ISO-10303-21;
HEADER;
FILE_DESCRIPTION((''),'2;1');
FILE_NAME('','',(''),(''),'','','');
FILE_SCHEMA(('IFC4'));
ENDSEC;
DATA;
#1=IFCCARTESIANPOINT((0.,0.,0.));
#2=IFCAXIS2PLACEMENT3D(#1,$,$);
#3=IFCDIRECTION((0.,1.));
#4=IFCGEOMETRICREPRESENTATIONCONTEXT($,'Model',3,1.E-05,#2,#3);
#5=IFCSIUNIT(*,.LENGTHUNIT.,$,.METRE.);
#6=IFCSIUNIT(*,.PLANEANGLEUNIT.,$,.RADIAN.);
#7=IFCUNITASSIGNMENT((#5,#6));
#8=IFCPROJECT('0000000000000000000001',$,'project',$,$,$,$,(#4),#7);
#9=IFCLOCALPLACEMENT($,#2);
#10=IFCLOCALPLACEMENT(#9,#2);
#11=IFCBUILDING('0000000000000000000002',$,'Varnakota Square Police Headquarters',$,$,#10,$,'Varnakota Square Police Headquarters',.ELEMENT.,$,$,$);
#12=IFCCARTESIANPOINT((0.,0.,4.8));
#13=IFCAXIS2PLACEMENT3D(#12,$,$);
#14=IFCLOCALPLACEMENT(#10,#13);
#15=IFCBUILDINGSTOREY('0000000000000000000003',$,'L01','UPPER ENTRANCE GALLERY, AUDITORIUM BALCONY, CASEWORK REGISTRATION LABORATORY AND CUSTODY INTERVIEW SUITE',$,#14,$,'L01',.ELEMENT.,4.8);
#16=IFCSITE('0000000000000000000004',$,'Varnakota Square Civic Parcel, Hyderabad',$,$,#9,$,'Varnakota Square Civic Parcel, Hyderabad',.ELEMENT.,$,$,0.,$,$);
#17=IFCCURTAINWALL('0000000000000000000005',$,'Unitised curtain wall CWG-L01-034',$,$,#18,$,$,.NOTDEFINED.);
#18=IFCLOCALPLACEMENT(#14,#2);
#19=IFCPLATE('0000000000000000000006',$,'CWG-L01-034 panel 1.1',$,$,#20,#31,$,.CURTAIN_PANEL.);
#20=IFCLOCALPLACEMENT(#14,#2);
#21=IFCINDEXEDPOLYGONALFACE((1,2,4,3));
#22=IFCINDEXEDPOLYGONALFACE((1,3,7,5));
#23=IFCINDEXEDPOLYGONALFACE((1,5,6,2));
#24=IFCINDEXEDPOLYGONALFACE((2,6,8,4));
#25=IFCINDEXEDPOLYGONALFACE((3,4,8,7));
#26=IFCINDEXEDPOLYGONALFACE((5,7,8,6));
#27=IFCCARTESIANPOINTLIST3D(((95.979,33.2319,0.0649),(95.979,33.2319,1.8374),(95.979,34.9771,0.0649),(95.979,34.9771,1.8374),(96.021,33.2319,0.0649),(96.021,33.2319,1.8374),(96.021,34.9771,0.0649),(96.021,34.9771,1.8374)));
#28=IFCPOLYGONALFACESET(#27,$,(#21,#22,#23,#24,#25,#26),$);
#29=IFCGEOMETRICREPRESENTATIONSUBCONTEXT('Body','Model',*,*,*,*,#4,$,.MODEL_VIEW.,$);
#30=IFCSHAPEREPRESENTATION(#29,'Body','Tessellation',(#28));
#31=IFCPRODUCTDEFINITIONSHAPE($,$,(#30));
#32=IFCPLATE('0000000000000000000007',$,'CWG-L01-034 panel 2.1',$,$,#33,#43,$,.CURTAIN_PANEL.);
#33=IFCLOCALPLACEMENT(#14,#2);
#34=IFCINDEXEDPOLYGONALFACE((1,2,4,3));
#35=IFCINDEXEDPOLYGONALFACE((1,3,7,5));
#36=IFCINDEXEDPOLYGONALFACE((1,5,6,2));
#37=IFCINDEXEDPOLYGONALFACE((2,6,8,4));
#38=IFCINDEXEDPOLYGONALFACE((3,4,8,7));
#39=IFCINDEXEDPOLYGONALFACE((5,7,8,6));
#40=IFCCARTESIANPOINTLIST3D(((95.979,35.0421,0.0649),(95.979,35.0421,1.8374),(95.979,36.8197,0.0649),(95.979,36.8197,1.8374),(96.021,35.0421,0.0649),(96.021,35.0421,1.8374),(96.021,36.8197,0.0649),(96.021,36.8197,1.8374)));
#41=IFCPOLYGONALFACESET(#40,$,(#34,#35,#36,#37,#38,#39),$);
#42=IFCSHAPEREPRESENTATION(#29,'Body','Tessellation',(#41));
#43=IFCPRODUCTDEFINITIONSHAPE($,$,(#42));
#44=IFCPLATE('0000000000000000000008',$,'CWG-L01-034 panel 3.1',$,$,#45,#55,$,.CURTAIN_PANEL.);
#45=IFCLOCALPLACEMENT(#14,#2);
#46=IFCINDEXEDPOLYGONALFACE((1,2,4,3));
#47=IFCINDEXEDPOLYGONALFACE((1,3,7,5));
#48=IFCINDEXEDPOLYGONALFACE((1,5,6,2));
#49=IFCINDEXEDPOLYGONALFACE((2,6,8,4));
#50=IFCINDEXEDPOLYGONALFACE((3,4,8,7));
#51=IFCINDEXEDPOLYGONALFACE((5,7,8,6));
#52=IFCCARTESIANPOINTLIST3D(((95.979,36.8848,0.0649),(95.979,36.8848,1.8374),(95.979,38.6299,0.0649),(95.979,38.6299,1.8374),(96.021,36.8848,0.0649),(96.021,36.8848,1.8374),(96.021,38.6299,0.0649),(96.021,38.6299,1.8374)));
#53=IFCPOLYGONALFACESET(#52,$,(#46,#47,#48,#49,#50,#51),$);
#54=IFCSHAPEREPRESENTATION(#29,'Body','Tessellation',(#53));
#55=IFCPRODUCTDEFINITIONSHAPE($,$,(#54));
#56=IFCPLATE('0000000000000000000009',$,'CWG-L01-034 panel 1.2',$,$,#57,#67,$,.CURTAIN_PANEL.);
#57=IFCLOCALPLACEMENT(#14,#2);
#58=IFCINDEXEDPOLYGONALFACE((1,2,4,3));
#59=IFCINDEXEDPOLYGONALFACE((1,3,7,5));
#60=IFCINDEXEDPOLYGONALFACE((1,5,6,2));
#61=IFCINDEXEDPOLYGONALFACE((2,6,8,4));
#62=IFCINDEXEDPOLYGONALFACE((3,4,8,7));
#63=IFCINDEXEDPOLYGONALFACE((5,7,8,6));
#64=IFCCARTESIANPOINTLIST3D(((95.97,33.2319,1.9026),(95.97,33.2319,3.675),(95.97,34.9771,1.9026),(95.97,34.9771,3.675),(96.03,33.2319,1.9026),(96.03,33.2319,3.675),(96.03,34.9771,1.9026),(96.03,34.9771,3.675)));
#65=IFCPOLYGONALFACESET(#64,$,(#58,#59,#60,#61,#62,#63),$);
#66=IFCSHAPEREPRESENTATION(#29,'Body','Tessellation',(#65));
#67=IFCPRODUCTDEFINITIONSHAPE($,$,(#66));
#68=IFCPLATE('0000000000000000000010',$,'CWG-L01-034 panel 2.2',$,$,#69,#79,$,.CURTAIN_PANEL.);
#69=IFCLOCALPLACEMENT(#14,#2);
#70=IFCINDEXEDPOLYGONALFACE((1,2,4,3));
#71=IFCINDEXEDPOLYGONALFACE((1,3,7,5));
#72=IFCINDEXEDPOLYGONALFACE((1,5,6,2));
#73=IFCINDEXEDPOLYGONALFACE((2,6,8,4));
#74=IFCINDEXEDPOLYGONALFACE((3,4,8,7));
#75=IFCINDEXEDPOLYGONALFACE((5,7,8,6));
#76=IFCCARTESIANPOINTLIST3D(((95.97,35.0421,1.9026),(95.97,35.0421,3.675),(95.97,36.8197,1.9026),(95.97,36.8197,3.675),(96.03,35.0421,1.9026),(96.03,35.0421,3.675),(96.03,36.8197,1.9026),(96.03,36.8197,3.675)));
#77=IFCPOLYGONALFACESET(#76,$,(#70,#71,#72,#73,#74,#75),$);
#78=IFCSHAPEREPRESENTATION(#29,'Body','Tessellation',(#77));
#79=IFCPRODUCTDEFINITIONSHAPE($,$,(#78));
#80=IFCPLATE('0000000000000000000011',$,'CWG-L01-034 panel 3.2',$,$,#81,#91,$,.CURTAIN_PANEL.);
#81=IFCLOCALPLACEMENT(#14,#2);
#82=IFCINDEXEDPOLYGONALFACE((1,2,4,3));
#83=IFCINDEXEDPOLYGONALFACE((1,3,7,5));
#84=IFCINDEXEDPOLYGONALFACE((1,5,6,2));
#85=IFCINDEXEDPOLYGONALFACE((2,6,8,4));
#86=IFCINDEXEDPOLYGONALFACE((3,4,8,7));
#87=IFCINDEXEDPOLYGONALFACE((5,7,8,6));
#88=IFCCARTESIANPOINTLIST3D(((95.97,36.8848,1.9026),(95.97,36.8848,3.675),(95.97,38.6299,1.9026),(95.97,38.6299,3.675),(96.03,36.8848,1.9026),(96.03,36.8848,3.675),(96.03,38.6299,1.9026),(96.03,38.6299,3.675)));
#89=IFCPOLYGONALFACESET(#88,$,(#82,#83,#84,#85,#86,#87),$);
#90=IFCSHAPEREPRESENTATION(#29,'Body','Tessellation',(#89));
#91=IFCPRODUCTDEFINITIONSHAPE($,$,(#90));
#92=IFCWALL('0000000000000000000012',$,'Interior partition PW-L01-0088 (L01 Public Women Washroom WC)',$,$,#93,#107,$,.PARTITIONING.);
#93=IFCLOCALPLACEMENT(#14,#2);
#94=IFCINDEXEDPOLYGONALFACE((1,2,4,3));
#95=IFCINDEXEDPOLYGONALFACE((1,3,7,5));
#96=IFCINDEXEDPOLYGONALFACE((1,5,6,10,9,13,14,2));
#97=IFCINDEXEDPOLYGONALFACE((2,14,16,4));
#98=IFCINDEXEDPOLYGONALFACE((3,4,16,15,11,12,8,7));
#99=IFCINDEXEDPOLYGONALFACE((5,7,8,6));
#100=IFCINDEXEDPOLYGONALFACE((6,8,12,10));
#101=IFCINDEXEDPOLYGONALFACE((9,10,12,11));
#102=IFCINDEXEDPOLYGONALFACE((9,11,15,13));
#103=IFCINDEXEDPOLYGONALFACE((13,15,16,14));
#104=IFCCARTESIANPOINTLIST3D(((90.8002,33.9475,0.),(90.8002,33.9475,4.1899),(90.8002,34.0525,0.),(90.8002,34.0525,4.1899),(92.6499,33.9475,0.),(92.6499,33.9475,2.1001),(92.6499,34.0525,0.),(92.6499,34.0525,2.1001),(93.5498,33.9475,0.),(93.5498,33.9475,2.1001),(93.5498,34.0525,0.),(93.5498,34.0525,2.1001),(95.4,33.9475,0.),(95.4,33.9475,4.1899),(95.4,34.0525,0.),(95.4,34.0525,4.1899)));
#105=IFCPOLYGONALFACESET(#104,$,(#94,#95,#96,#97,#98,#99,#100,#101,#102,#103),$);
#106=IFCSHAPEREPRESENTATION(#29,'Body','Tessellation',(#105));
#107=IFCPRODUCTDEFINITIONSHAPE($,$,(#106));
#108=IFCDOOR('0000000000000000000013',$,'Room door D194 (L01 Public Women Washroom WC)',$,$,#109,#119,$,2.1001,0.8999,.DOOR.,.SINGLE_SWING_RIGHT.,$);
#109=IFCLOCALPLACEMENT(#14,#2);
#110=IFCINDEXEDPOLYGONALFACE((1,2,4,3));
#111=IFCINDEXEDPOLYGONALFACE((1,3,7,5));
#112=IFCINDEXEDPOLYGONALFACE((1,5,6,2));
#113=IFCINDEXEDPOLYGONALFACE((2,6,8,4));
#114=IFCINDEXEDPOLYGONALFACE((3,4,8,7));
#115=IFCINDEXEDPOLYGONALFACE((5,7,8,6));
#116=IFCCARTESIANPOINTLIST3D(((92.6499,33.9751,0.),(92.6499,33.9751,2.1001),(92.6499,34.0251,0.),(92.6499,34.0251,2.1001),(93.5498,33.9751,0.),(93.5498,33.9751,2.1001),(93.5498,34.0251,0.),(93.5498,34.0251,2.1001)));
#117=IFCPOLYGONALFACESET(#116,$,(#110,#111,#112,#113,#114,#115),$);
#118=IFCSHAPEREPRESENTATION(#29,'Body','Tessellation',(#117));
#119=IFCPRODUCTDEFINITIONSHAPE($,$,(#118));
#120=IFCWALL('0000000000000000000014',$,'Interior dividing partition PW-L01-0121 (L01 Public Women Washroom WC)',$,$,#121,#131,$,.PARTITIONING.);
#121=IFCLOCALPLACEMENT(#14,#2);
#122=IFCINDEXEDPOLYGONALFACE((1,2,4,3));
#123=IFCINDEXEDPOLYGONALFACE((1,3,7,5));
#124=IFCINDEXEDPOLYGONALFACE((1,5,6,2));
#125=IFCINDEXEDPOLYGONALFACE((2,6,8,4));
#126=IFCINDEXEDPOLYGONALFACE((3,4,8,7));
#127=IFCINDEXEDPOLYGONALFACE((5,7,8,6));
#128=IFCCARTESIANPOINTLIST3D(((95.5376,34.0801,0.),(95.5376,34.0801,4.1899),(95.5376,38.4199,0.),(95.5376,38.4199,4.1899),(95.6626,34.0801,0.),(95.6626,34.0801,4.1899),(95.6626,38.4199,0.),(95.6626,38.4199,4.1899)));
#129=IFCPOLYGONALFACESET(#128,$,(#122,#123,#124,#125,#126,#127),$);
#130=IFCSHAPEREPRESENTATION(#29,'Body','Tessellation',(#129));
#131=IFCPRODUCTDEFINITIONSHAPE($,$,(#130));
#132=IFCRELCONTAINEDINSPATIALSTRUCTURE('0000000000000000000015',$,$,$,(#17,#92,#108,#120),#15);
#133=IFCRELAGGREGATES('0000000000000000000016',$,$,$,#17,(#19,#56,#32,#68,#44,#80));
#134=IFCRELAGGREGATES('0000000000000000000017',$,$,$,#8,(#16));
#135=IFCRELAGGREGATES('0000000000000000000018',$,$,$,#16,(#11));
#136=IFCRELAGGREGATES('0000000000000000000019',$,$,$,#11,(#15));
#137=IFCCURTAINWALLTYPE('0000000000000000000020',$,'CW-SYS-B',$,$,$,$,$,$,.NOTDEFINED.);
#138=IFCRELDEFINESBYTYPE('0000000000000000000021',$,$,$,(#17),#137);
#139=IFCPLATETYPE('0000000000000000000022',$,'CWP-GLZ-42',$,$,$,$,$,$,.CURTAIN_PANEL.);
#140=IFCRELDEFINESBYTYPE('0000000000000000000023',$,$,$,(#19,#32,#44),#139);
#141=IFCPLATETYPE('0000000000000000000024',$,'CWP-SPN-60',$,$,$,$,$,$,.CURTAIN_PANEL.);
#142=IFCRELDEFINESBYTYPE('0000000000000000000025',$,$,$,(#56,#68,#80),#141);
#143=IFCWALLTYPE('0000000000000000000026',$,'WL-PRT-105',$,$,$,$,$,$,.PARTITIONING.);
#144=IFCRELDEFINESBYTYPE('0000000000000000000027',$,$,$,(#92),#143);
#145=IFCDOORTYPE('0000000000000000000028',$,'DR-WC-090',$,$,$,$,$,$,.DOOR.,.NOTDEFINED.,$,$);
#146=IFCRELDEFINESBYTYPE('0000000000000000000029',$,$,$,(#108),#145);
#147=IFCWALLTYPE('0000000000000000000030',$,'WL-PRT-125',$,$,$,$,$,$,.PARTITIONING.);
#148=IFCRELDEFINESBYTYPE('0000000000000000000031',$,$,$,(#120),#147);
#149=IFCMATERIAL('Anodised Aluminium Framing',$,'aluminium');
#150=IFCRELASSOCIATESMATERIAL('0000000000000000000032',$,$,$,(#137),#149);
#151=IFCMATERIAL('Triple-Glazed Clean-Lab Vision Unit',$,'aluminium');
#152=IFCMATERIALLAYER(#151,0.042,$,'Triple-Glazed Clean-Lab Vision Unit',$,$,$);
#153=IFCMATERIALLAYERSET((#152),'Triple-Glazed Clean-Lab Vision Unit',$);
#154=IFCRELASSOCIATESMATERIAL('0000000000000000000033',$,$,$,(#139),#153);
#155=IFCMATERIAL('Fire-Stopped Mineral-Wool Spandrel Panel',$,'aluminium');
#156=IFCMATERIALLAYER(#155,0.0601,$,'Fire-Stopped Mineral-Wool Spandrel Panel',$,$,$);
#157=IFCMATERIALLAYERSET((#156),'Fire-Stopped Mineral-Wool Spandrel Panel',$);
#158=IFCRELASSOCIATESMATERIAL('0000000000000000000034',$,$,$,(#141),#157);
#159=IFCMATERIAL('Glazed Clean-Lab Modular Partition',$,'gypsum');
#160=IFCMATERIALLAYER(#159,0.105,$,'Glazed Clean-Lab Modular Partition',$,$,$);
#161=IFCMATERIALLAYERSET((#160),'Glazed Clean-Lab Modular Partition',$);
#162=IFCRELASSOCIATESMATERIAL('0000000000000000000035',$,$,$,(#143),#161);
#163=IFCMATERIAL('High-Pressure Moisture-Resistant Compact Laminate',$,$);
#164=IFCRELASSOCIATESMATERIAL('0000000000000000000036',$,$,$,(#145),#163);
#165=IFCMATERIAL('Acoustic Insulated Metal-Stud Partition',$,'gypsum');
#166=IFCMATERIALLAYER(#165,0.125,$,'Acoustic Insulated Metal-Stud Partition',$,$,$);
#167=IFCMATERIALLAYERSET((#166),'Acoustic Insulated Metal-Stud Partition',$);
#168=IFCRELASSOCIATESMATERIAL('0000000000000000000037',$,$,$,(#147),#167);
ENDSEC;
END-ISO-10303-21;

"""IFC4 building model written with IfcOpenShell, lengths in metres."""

from ifc_helpers import new_model, si_unit, direction, frame, frame_2d, origin, origin_2d, place, context, subcontext, project, spatial, rectangle, extrude, material, layer, layer_set, type_object, element, fill, aggregate, save


model = new_model("IFC4")

# Units and contexts
model_context = context("Model", 3, precision=1e-05, world=origin(), true_north=direction((0.0, 1.0)))
body_context = subcontext(model_context, "Body", "Model", "MODEL_VIEW")
ifc_project = project(units=[si_unit("LENGTHUNIT", "METRE"), si_unit("PLANEANGLEUNIT", "RADIAN")], contexts=[model_context])

# Site, building, storey
site_placement = place(None, origin())
site = spatial("IfcSite", under=ifc_project, at=site_placement, Name="Varnakota Square Civic Parcel, Hyderabad", LongName="Varnakota Square Civic Parcel, Hyderabad", CompositionType="ELEMENT", RefElevation=0.0)
building_placement = place(site_placement, origin())
building = spatial("IfcBuilding", under=site, at=building_placement, Name="Varnakota Square Police Headquarters", LongName="Varnakota Square Police Headquarters", CompositionType="ELEMENT")
storey_placement = place(building_placement, frame((0.0, 0.0, 4.8)))
storey = spatial("IfcBuildingStorey", under=building, at=storey_placement, Name="L01", Description="UPPER ENTRANCE GALLERY, AUDITORIUM BALCONY, CASEWORK REGISTRATION LABORATORY AND CUSTODY INTERVIEW SUITE", LongName="L01", CompositionType="ELEMENT", Elevation=4.8)

# Curtain wall
ifc_material_1 = material(Name="Anodised Aluminium Framing", Category="aluminium")
curtain_wall_type = type_object("IfcCurtainWallType", Name="CW-SYS-B", PredefinedType="NOTDEFINED", material=ifc_material_1)
curtain_wall_1_placement = place(storey_placement, origin())
curtain_wall_1 = element("IfcCurtainWall", 1, at=curtain_wall_1_placement, inside=storey, type_object=curtain_wall_type, Name="Unitised curtain wall CWG-L01-034", PredefinedType="NOTDEFINED")

# Plates
ifc_material_2 = material(Name="Triple-Glazed Clean-Lab Vision Unit", Category="aluminium")
ifc_layer_1 = layer(ifc_material_2, 0.042, Name="Triple-Glazed Clean-Lab Vision Unit")
ifc_layer_set_1 = layer_set([ifc_layer_1], Name="Triple-Glazed Clean-Lab Vision Unit")
plate_type_1 = type_object("IfcPlateType", Name="CWP-GLZ-42", PredefinedType="CURTAIN_PANEL", material=ifc_layer_set_1)
plate_1_placement = place(storey_placement, frame((96.0, 34.1045, 0.0649), z_axis=(0.0, 0.0, 1.0), x_axis=(0.0, 1.0, 0.0)))
plate_1 = element("IfcPlate", 2, at=plate_1_placement, type_object=plate_type_1, Name="CWG-L01-034 panel 1.1", PredefinedType="CURTAIN_PANEL", context=body_context, shape_type="SweptSolid", body=[
    extrude(rectangle(XDim=1.7451, YDim=0.042, at=origin_2d()), origin(), (0.0, 0.0, 1.0), 1.7725),
])
plate_2_placement = place(storey_placement, frame((96.0, 35.9309, 0.0649), z_axis=(0.0, 0.0, 1.0), x_axis=(0.0, 1.0, 0.0)))
plate_2 = element("IfcPlate", 3, at=plate_2_placement, type_object=plate_type_1, Name="CWG-L01-034 panel 2.1", PredefinedType="CURTAIN_PANEL", context=body_context, shape_type="SweptSolid", body=[
    extrude(rectangle(XDim=1.7776, YDim=0.042, at=origin_2d()), origin(), (0.0, 0.0, 1.0), 1.7725),
])
plate_3_placement = place(storey_placement, frame((96.0, 37.7573, 0.0649), z_axis=(0.0, 0.0, 1.0), x_axis=(0.0, 1.0, 0.0)))
plate_3 = element("IfcPlate", 4, at=plate_3_placement, type_object=plate_type_1, Name="CWG-L01-034 panel 3.1", PredefinedType="CURTAIN_PANEL", context=body_context, shape_type="SweptSolid", body=[
    extrude(rectangle(XDim=1.7451, YDim=0.042, at=origin_2d()), origin(), (0.0, 0.0, 1.0), 1.7725),
])
ifc_material_3 = material(Name="Fire-Stopped Mineral-Wool Spandrel Panel", Category="aluminium")
ifc_layer_2 = layer(ifc_material_3, 0.0601, Name="Fire-Stopped Mineral-Wool Spandrel Panel")
ifc_layer_set_2 = layer_set([ifc_layer_2], Name="Fire-Stopped Mineral-Wool Spandrel Panel")
plate_type_2 = type_object("IfcPlateType", Name="CWP-SPN-60", PredefinedType="CURTAIN_PANEL", material=ifc_layer_set_2)
plate_4_placement = place(storey_placement, frame((96.0, 34.1045, 1.9026), z_axis=(0.0, 0.0, 1.0), x_axis=(0.0, 1.0, 0.0)))
plate_4 = element("IfcPlate", 5, at=plate_4_placement, type_object=plate_type_2, Name="CWG-L01-034 panel 1.2", PredefinedType="CURTAIN_PANEL", context=body_context, shape_type="SweptSolid", body=[
    extrude(rectangle(XDim=1.7451, YDim=0.0601, at=origin_2d()), origin(), (0.0, 0.0, 1.0), 1.7725),
])
plate_5_placement = place(storey_placement, frame((96.0, 35.9309, 1.9026), z_axis=(0.0, 0.0, 1.0), x_axis=(0.0, 1.0, 0.0)))
plate_5 = element("IfcPlate", 6, at=plate_5_placement, type_object=plate_type_2, Name="CWG-L01-034 panel 2.2", PredefinedType="CURTAIN_PANEL", context=body_context, shape_type="SweptSolid", body=[
    extrude(rectangle(XDim=1.7776, YDim=0.0601, at=origin_2d()), origin(), (0.0, 0.0, 1.0), 1.7725),
])
plate_6_placement = place(storey_placement, frame((96.0, 37.7573, 1.9026), z_axis=(0.0, 0.0, 1.0), x_axis=(0.0, 1.0, 0.0)))
plate_6 = element("IfcPlate", 7, at=plate_6_placement, type_object=plate_type_2, Name="CWG-L01-034 panel 3.2", PredefinedType="CURTAIN_PANEL", context=body_context, shape_type="SweptSolid", body=[
    extrude(rectangle(XDim=1.7451, YDim=0.0601, at=origin_2d()), origin(), (0.0, 0.0, 1.0), 1.7725),
])
aggregate(curtain_wall_1, [plate_1, plate_4, plate_2, plate_5, plate_3, plate_6])

# Wall, opening, door
ifc_material_4 = material(Name="Glazed Clean-Lab Modular Partition", Category="gypsum")
ifc_layer_3 = layer(ifc_material_4, 0.105, Name="Glazed Clean-Lab Modular Partition")
ifc_layer_set_3 = layer_set([ifc_layer_3], Name="Glazed Clean-Lab Modular Partition")
wall_type_1 = type_object("IfcWallType", Name="WL-PRT-105", PredefinedType="PARTITIONING", material=ifc_layer_set_3)
wall_1_placement = place(storey_placement, frame((95.3999, 34.0, 0.0), z_axis=(0.0, 0.0, 1.0), x_axis=(-1.0, 0.0, 0.0)))
wall_1 = element("IfcWall", 8, at=wall_1_placement, inside=storey, type_object=wall_type_1, Name="Interior partition PW-L01-0088 (L01 Public Women Washroom WC)", PredefinedType="PARTITIONING", context=body_context, shape_type="SweptSolid", body=[
    extrude(rectangle(XDim=4.5999, YDim=0.105, at=frame_2d((2.2998, 0.0))), origin(), (0.0, 0.0, 1.0), 4.1899),
])
opening_placement = place(wall_1_placement, frame((1.8501, 0.0, 0.0)))
opening = element("IfcOpeningElement", 9, at=opening_placement, cuts=wall_1, PredefinedType="OPENING", context=body_context, shape_type="SweptSolid", body=[
    extrude(rectangle(XDim=0.8999, YDim=2.1001, at=frame_2d((0.45, 1.05))), frame((0.0, 0.0625, 0.0), z_axis=(0.0, -1.0, 0.0), x_axis=(1.0, 0.0, 0.0)), (0.0, 0.0, 1.0), 0.125),
])
ifc_material_5 = material(Name="High-Pressure Moisture-Resistant Compact Laminate")
door_type = type_object("IfcDoorType", Name="DR-WC-090", OperationType="NOTDEFINED", PredefinedType="DOOR", material=ifc_material_5)
door_placement = place(opening_placement, origin())
door = element("IfcDoor", 10, at=door_placement, inside=storey, type_object=door_type, Name="Room door D194 (L01 Public Women Washroom WC)", OperationType="SINGLE_SWING_RIGHT", OverallHeight=2.1001, OverallWidth=0.8999, PredefinedType="DOOR", context=body_context, shape_type="SweptSolid", body=[
    extrude(rectangle(XDim=0.8999, YDim=2.1001, at=frame_2d((0.45, 1.05))), frame((0.0, 0.0249, 0.0), z_axis=(0.0, -1.0, 0.0), x_axis=(1.0, 0.0, 0.0)), (0.0, 0.0, 1.0), 0.05),
])
fill(opening, door)

# Wall
ifc_material_6 = material(Name="Acoustic Insulated Metal-Stud Partition", Category="gypsum")
ifc_layer_4 = layer(ifc_material_6, 0.125, Name="Acoustic Insulated Metal-Stud Partition")
ifc_layer_set_4 = layer_set([ifc_layer_4], Name="Acoustic Insulated Metal-Stud Partition")
wall_type_2 = type_object("IfcWallType", Name="WL-PRT-125", PredefinedType="PARTITIONING", material=ifc_layer_set_4)
wall_2_placement = place(storey_placement, frame((95.6001, 38.4199, 0.0), z_axis=(0.0, 0.0, 1.0), x_axis=(0.0, -1.0, 0.0)))
element("IfcWall", 11, at=wall_2_placement, inside=storey, type_object=wall_type_2, Name="Interior dividing partition PW-L01-0121 (L01 Public Women Washroom WC)", PredefinedType="PARTITIONING", context=body_context, shape_type="SweptSolid", body=[
    extrude(rectangle(XDim=4.3398, YDim=0.125, at=frame_2d((2.1699, 0.0))), origin(), (0.0, 0.0, 1.0), 4.1899),
])

save(model, "model.ifc")
